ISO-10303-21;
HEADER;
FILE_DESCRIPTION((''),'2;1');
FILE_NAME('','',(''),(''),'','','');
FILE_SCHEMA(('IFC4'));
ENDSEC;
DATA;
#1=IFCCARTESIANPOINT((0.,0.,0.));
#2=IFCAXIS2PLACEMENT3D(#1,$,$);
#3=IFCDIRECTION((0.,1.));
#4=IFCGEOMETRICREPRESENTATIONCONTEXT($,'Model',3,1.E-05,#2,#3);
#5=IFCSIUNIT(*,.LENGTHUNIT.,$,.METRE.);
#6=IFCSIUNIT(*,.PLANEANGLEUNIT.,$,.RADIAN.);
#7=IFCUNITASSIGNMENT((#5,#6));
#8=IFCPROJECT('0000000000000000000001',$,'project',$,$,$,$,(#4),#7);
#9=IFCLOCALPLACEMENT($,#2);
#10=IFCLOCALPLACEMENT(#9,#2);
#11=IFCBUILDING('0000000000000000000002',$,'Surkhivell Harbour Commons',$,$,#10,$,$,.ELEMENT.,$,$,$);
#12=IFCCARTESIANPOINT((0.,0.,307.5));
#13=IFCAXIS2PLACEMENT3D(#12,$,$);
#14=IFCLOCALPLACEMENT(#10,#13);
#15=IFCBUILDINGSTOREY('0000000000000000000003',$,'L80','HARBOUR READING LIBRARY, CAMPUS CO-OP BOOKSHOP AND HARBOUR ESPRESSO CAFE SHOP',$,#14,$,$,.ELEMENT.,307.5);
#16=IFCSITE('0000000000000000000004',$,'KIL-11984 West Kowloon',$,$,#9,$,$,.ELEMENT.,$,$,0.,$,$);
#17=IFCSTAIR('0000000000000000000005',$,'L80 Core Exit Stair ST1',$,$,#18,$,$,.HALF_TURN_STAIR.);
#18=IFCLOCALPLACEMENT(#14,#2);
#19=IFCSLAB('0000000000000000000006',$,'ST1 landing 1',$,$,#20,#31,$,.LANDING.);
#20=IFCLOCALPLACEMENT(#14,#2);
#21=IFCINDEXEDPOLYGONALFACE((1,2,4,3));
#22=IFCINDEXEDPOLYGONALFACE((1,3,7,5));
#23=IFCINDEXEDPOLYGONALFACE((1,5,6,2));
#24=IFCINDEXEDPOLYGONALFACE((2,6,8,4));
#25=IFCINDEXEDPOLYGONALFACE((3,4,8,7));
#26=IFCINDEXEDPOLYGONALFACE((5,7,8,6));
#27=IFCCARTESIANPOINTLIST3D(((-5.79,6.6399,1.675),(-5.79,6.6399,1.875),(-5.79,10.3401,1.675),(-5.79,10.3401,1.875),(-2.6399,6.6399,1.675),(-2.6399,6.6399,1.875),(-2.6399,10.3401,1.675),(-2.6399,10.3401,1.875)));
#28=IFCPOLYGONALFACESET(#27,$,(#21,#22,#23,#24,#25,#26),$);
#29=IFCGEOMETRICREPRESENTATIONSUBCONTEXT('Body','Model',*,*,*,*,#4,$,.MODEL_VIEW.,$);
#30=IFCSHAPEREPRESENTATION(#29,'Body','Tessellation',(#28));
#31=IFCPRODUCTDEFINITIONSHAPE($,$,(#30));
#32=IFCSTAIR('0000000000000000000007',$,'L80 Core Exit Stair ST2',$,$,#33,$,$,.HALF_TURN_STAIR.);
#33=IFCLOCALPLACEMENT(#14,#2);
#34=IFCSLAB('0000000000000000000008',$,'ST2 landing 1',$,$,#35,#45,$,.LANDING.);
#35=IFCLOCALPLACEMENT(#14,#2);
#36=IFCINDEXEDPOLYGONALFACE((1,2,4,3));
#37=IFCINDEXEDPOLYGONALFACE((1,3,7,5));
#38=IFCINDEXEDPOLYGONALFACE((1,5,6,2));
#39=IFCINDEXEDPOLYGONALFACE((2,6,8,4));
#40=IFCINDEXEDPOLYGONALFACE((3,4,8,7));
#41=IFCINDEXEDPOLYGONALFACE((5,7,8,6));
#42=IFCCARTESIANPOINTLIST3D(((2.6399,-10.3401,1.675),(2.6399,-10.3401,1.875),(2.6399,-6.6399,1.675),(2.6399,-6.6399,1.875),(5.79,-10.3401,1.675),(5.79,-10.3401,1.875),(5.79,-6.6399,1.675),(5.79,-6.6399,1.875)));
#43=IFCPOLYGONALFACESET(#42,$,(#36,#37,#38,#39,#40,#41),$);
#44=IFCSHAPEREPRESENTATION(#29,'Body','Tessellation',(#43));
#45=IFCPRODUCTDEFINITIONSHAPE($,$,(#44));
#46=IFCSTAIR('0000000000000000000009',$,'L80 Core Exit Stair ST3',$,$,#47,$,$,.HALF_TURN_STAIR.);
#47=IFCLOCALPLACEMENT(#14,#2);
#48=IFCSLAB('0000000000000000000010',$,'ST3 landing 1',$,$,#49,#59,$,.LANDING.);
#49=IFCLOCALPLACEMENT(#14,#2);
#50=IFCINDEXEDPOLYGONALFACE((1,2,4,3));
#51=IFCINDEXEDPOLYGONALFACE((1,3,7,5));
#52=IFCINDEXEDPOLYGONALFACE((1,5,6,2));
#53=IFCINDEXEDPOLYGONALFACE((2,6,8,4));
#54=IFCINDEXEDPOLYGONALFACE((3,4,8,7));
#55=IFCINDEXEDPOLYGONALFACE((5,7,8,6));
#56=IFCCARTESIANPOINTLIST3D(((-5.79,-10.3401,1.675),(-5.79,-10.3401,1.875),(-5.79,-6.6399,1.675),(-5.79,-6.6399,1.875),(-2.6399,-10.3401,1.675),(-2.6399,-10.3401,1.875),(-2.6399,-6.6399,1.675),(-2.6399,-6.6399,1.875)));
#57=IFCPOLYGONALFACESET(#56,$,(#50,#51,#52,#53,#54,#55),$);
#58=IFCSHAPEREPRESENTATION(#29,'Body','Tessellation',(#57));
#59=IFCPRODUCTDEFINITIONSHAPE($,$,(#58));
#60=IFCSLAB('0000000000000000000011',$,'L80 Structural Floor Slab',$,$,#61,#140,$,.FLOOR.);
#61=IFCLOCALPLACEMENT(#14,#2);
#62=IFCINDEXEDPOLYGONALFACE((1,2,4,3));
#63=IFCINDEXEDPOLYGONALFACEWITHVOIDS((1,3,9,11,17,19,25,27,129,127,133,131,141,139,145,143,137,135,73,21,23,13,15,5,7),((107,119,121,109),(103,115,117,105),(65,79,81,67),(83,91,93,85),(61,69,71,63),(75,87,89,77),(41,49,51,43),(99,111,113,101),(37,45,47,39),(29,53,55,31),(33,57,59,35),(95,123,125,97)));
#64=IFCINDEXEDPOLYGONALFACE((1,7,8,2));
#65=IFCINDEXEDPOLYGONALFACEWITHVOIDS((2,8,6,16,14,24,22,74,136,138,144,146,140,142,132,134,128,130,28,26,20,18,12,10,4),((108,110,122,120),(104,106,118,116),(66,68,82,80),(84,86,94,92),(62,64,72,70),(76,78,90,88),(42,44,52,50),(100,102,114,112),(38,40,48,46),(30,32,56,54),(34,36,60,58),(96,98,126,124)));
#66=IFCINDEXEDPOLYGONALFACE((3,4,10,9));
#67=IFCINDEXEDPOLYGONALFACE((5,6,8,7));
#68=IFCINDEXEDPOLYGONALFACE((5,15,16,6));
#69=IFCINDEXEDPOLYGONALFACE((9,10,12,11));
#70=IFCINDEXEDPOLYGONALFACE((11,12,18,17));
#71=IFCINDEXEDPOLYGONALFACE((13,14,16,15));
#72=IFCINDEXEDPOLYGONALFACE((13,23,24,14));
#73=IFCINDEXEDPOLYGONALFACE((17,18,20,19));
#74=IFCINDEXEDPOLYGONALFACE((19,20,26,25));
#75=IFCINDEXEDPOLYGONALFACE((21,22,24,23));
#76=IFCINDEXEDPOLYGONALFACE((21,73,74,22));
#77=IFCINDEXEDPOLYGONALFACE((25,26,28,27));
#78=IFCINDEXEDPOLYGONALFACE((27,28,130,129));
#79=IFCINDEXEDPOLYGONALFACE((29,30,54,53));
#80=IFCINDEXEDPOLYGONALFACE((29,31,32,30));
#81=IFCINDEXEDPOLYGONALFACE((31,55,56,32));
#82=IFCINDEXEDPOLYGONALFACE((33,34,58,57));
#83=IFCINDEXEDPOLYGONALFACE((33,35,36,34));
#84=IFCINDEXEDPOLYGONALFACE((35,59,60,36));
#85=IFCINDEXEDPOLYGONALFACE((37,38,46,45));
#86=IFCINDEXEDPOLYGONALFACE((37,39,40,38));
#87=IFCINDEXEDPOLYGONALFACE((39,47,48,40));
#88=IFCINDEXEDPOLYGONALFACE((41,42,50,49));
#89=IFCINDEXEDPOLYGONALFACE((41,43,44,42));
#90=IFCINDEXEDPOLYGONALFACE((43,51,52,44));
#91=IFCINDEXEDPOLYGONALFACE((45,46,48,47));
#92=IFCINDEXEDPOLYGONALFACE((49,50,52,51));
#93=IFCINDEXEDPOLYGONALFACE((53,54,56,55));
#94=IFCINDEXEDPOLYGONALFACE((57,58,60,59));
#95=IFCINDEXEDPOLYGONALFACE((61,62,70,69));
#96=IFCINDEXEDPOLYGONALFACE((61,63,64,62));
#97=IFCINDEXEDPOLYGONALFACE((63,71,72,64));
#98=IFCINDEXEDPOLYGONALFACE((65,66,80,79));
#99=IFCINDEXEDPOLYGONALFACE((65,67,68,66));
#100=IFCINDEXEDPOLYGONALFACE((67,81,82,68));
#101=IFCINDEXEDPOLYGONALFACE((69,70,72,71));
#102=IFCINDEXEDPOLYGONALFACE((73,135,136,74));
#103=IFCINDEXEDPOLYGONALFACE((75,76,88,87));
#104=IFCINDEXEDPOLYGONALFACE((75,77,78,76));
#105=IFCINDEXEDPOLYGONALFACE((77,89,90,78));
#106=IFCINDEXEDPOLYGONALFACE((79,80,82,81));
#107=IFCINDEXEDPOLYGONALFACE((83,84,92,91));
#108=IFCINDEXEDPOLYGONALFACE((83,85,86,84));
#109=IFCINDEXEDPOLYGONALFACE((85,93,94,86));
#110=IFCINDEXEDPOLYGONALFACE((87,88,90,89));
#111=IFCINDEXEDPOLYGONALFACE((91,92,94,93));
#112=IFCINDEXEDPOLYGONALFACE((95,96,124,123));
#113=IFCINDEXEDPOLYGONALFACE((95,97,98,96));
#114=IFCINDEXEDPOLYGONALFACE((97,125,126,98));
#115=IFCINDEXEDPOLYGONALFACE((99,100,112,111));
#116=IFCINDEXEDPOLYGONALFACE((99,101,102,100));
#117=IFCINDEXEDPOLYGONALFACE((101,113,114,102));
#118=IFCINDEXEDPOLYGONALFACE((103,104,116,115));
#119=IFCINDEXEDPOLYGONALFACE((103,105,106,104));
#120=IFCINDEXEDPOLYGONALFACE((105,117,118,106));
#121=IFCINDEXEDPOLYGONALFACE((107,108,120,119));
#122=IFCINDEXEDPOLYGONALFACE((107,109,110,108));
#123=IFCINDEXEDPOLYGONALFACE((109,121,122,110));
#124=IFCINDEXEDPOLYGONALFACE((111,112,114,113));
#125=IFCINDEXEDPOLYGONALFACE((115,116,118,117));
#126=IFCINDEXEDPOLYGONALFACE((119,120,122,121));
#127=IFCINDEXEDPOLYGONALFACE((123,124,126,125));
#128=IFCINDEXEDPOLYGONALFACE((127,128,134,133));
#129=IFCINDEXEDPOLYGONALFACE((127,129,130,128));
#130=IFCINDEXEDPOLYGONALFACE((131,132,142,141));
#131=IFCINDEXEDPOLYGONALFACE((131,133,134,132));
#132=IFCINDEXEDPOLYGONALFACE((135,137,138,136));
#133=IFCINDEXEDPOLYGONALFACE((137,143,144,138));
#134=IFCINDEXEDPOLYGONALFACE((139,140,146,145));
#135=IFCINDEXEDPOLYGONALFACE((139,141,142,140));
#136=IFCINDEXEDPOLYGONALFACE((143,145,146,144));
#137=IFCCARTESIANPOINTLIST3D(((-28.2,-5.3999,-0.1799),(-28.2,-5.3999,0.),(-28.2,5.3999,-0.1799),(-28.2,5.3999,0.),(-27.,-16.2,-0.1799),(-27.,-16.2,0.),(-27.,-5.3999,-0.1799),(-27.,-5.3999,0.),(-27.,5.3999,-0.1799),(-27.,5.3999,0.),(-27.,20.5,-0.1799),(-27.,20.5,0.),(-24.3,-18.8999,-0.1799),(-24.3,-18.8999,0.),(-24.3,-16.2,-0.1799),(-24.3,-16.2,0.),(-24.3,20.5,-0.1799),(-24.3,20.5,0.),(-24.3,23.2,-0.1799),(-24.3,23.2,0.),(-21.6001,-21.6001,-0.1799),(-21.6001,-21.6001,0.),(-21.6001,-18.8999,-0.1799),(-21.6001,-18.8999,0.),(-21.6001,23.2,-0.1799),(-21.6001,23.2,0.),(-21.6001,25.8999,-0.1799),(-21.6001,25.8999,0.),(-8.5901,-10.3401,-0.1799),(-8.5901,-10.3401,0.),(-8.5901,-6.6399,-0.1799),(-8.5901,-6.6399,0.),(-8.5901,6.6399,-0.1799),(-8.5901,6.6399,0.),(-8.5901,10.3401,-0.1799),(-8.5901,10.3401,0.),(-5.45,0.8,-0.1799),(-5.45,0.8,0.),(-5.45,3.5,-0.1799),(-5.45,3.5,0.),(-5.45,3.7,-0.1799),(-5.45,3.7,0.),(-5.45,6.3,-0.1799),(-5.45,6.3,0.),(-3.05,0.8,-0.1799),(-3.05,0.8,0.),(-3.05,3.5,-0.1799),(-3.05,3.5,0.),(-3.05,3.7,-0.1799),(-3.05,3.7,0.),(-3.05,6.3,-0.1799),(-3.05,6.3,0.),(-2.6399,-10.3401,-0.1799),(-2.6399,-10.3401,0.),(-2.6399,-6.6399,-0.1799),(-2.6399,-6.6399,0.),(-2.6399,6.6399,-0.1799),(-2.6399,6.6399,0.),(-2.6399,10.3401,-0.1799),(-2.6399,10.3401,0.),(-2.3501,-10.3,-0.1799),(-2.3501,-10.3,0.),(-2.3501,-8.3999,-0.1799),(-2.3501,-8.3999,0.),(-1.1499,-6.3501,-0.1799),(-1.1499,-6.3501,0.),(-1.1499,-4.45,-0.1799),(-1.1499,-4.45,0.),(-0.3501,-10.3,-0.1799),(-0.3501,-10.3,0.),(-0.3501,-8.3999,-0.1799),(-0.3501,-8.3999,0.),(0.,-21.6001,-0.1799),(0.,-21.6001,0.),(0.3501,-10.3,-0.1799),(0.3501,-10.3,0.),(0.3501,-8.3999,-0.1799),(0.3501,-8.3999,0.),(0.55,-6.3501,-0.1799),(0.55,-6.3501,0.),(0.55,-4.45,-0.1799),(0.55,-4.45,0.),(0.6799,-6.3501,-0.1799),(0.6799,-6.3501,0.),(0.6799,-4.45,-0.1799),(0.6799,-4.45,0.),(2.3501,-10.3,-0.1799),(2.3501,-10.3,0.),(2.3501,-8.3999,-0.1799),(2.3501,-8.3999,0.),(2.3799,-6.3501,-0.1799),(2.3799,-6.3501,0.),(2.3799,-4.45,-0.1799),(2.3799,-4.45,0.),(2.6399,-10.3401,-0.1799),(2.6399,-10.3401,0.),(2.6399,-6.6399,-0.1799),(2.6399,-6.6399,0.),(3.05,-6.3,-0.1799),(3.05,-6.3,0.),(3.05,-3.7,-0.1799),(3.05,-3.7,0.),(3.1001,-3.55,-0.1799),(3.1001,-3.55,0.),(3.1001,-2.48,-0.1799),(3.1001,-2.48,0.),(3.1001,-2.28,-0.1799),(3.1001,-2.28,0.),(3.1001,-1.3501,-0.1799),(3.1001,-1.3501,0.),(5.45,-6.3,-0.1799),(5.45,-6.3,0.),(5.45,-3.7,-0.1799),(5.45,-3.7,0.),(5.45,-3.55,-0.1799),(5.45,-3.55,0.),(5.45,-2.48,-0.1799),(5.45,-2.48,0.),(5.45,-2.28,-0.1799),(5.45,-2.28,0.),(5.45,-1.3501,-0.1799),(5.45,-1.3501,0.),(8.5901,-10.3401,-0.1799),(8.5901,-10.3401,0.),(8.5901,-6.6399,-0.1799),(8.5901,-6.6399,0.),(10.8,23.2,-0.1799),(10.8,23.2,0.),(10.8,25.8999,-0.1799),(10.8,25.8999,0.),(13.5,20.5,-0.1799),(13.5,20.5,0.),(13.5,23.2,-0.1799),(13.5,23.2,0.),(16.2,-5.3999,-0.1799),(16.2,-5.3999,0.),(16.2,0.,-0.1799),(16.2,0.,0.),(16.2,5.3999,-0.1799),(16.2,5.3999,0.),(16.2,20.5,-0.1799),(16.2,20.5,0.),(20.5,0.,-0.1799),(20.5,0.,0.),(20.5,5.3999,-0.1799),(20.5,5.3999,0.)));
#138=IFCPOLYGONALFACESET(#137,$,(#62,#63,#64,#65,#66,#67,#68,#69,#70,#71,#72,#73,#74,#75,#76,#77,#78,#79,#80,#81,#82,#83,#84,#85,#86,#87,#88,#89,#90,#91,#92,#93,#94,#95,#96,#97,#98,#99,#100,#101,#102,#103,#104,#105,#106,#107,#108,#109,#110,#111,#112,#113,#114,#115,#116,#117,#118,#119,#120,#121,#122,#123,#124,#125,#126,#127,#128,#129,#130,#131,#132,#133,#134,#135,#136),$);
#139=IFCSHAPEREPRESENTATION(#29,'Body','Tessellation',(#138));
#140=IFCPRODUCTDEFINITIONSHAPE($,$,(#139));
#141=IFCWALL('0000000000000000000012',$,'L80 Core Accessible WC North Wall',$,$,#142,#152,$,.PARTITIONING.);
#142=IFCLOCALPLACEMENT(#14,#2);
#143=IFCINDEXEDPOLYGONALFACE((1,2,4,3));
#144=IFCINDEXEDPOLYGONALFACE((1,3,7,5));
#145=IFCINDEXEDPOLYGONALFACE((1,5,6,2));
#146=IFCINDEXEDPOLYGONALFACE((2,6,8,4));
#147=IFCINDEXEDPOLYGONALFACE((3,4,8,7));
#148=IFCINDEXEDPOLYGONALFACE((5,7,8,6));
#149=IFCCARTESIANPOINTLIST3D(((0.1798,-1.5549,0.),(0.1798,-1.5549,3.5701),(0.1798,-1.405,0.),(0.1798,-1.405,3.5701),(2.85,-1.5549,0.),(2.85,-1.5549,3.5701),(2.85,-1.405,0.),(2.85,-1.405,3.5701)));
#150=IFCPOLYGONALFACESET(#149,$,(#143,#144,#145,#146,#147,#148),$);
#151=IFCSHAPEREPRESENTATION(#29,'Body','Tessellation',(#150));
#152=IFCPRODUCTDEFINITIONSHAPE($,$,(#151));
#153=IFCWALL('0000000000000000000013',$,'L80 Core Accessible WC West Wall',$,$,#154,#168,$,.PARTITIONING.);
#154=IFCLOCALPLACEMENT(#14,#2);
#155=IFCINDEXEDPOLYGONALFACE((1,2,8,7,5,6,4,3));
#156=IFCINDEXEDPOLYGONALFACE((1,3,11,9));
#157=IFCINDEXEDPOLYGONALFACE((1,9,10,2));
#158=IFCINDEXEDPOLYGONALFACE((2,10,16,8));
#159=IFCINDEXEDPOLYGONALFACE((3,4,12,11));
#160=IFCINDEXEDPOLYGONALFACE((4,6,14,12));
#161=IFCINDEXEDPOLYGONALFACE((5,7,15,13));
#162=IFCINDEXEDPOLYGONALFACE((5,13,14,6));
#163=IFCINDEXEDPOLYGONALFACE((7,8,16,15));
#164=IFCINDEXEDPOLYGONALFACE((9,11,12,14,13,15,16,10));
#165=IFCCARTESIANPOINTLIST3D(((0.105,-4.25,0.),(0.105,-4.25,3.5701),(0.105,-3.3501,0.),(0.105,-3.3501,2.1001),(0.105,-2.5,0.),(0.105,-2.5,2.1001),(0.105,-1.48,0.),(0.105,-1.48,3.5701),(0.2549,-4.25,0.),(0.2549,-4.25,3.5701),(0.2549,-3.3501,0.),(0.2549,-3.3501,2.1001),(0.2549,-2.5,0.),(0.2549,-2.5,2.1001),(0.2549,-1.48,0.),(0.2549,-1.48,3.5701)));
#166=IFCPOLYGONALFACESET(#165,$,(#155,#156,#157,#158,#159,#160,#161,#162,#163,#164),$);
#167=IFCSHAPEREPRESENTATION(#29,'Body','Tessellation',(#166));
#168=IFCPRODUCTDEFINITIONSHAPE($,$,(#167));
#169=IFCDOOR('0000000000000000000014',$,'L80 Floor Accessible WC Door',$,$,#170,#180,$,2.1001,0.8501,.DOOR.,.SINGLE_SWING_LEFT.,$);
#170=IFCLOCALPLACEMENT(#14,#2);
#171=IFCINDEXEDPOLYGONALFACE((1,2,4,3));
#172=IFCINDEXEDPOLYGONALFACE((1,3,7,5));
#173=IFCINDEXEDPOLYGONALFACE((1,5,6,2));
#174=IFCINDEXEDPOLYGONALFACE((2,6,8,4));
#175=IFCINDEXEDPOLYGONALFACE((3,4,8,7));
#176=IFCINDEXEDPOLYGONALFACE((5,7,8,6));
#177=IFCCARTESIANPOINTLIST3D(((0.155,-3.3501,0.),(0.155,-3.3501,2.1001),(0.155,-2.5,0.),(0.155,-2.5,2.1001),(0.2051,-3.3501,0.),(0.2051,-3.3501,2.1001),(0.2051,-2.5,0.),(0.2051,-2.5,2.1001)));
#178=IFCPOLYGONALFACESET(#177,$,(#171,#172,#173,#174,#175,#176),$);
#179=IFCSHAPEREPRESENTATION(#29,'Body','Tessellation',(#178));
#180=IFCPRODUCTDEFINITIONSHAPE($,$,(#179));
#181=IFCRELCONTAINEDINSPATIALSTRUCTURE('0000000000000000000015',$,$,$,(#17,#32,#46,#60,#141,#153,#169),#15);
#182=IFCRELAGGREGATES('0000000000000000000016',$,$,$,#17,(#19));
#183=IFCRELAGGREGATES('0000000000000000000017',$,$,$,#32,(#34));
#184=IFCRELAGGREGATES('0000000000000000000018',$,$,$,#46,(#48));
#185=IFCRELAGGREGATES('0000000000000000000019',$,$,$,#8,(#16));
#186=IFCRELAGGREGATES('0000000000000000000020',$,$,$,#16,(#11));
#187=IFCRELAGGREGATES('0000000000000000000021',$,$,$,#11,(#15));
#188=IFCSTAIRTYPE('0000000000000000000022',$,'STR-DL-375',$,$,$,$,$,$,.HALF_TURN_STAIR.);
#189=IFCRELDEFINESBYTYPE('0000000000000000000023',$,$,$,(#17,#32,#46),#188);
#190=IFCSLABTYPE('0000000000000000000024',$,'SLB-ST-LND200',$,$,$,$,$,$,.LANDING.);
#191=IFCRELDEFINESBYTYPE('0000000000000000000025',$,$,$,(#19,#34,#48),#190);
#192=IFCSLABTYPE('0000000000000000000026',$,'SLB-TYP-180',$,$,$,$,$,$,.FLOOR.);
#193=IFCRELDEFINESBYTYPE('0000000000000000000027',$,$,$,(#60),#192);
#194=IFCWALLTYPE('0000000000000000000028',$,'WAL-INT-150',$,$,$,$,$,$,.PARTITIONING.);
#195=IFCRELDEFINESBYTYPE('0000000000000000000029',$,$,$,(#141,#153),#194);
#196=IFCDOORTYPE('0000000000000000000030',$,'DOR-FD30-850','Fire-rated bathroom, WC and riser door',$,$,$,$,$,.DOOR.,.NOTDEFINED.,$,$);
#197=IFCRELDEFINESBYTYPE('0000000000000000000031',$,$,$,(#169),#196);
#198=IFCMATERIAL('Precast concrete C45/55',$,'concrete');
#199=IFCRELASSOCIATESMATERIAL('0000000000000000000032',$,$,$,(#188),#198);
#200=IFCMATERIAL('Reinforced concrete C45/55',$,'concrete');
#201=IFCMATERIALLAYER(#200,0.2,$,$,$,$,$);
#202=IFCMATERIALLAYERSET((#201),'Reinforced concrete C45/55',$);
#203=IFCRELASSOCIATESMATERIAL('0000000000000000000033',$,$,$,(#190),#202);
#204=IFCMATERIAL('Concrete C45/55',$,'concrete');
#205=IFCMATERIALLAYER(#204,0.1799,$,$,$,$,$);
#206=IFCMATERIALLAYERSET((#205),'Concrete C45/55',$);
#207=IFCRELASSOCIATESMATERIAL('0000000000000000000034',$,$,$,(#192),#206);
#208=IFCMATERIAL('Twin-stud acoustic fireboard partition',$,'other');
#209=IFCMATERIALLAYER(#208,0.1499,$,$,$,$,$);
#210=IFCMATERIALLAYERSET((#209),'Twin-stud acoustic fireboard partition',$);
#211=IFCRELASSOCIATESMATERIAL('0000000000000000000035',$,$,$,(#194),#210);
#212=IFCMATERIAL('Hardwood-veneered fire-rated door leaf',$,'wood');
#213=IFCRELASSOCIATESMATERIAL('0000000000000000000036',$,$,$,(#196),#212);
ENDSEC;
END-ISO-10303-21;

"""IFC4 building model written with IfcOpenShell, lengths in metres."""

from ifc_helpers import new_model, si_unit, direction, frame, frame_2d, origin, place, context, subcontext, project, spatial, polyline, rectangle, outline, extrude, material, layer, layer_set, type_object, element, fill, aggregate, save


model = new_model("IFC4")

# Units and contexts
model_context = context("Model", 3, precision=1e-05, world=origin(), true_north=direction((0.0, 1.0)))
body_context = subcontext(model_context, "Body", "Model", "MODEL_VIEW")
ifc_project = project(units=[si_unit("LENGTHUNIT", "METRE"), si_unit("PLANEANGLEUNIT", "RADIAN")], contexts=[model_context])

# Site, building, storey
site_placement = place(None, origin())
site = spatial("IfcSite", under=ifc_project, at=site_placement, Name="KIL-11984 West Kowloon", CompositionType="ELEMENT", RefElevation=0.0)
building_placement = place(site_placement, origin())
building = spatial("IfcBuilding", under=site, at=building_placement, Name="Surkhivell Harbour Commons", CompositionType="ELEMENT")
storey_placement = place(building_placement, frame((0.0, 0.0, 307.5)))
storey = spatial("IfcBuildingStorey", under=building, at=storey_placement, Name="L80", Description="HARBOUR READING LIBRARY, CAMPUS CO-OP BOOKSHOP AND HARBOUR ESPRESSO CAFE SHOP", CompositionType="ELEMENT", Elevation=307.5)

# Stairs, slabs
ifc_material_1 = material(Name="Precast concrete C45/55", Category="concrete")
stair_type = type_object("IfcStairType", Name="STR-DL-375", PredefinedType="HALF_TURN_STAIR", material=ifc_material_1)
stair_1_placement = place(storey_placement, origin())
stair_1 = element("IfcStair", 1, at=stair_1_placement, inside=storey, type_object=stair_type, Name="L80 Core Exit Stair ST1", PredefinedType="HALF_TURN_STAIR")
ifc_material_2 = material(Name="Reinforced concrete C45/55", Category="concrete")
ifc_layer_1 = layer(ifc_material_2, 0.2)
ifc_layer_set_1 = layer_set([ifc_layer_1], Name="Reinforced concrete C45/55")
slab_type_1 = type_object("IfcSlabType", Name="SLB-ST-LND200", PredefinedType="LANDING", material=ifc_layer_set_1)
slab_1_placement = place(storey_placement, frame((0.0, 0.0, 1.675)))
slab_1 = element("IfcSlab", 2, at=slab_1_placement, type_object=slab_type_1, Name="ST1 landing 1", PredefinedType="LANDING", context=body_context, shape_type="SweptSolid", body=[
    extrude(outline(polyline([(-5.79, 6.6399), (-2.6399, 6.6399), (-2.6399, 10.3401), (-5.79, 10.3401), (-5.79, 6.6399)])), origin(), (0.0, 0.0, 1.0), 0.2),
])
aggregate(stair_1, [slab_1])
stair_2_placement = place(storey_placement, origin())
stair_2 = element("IfcStair", 3, at=stair_2_placement, inside=storey, type_object=stair_type, Name="L80 Core Exit Stair ST2", PredefinedType="HALF_TURN_STAIR")
slab_2_placement = place(storey_placement, frame((0.0, 0.0, 1.675)))
slab_2 = element("IfcSlab", 4, at=slab_2_placement, type_object=slab_type_1, Name="ST2 landing 1", PredefinedType="LANDING", context=body_context, shape_type="SweptSolid", body=[
    extrude(outline(polyline([(5.79, -6.6399), (2.6399, -6.6399), (2.6399, -10.3401), (5.79, -10.3401), (5.79, -6.6399)])), origin(), (0.0, 0.0, 1.0), 0.2),
])
aggregate(stair_2, [slab_2])
stair_3_placement = place(storey_placement, origin())
stair_3 = element("IfcStair", 5, at=stair_3_placement, inside=storey, type_object=stair_type, Name="L80 Core Exit Stair ST3", PredefinedType="HALF_TURN_STAIR")
slab_3_placement = place(storey_placement, frame((0.0, 0.0, 1.675)))
slab_3 = element("IfcSlab", 6, at=slab_3_placement, type_object=slab_type_1, Name="ST3 landing 1", PredefinedType="LANDING", context=body_context, shape_type="SweptSolid", body=[
    extrude(outline(polyline([(-5.79, -10.3401), (-2.6399, -10.3401), (-2.6399, -6.6399), (-5.79, -6.6399), (-5.79, -10.3401)])), origin(), (0.0, 0.0, 1.0), 0.2),
])
aggregate(stair_3, [slab_3])

# Slab
ifc_material_3 = material(Name="Concrete C45/55", Category="concrete")
ifc_layer_2 = layer(ifc_material_3, 0.1799)
ifc_layer_set_2 = layer_set([ifc_layer_2], Name="Concrete C45/55")
slab_type_2 = type_object("IfcSlabType", Name="SLB-TYP-180", PredefinedType="FLOOR", material=ifc_layer_set_2)
slab_4_placement = place(storey_placement, frame((0.0, 0.0, -0.1799)))
element("IfcSlab", 7, at=slab_4_placement, inside=storey, type_object=slab_type_2, Name="L80 Structural Floor Slab", PredefinedType="FLOOR", context=body_context, shape_type="SweptSolid", body=[
    extrude(outline(polyline([(-27.0, 20.5), (-27.0, 5.3999), (-28.2, 5.3999), (-28.2, -5.3999), (-27.0, -5.3999), (-27.0, -16.2), (-24.3, -16.2), (-24.3, -18.8999), (-21.6001, -18.8999), (-21.6001, -21.6001), (0.0, -21.6001), (16.2, -5.3999), (16.2, 0.0), (20.5, 0.0), (20.5, 5.3999), (16.2, 5.3999), (16.2, 20.5), (13.5, 20.5), (13.5, 23.2), (10.8, 23.2), (10.8, 25.8999), (-21.6001, 25.8999), (-21.6001, 23.2), (-24.3, 23.2), (-24.3, 20.5), (-27.0, 20.5)]), holes=[polyline([(-8.5901, 6.6399), (-2.6399, 6.6399), (-2.6399, 10.3401), (-8.5901, 10.3401), (-8.5901, 6.6399)]), polyline([(8.5901, -6.6399), (2.6399, -6.6399), (2.6399, -10.3401), (8.5901, -10.3401), (8.5901, -6.6399)]), polyline([(-8.5901, -10.3401), (-2.6399, -10.3401), (-2.6399, -6.6399), (-8.5901, -6.6399), (-8.5901, -10.3401)]), polyline([(-1.1499, -6.3501), (0.55, -6.3501), (0.55, -4.45), (-1.1499, -4.45), (-1.1499, -6.3501)]), polyline([(0.6799, -6.3501), (2.3799, -6.3501), (2.3799, -4.45), (0.6799, -4.45), (0.6799, -6.3501)]), polyline([(-2.3501, -10.3), (-0.3501, -10.3), (-0.3501, -8.3999), (-2.3501, -8.3999), (-2.3501, -10.3)]), polyline([(0.3501, -10.3), (2.3501, -10.3), (2.3501, -8.3999), (0.3501, -8.3999), (0.3501, -10.3)]), polyline([(-5.45, 3.7), (-3.05, 3.7), (-3.05, 6.3), (-5.45, 6.3), (-5.45, 3.7)]), polyline([(3.05, -6.3), (5.45, -6.3), (5.45, -3.7), (3.05, -3.7), (3.05, -6.3)]), polyline([(-5.45, 0.8), (-3.05, 0.8), (-3.05, 3.5), (-5.45, 3.5), (-5.45, 0.8)]), polyline([(3.1001, -3.55), (5.45, -3.55), (5.45, -2.48), (3.1001, -2.48), (3.1001, -3.55)]), polyline([(3.1001, -2.28), (5.45, -2.28), (5.45, -1.3501), (3.1001, -1.3501), (3.1001, -2.28)])]), origin(), (0.0, 0.0, 1.0), 0.1799),
])

# Wall
ifc_material_4 = material(Name="Twin-stud acoustic fireboard partition", Category="other")
ifc_layer_3 = layer(ifc_material_4, 0.1499)
ifc_layer_set_3 = layer_set([ifc_layer_3], Name="Twin-stud acoustic fireboard partition")
wall_type_1 = type_object("IfcWallType", Name="WAL-INT-150", PredefinedType="PARTITIONING", material=ifc_layer_set_3)
wall_1_placement = place(storey_placement, frame((0.1799, -1.48, 0.0), z_axis=(0.0, 0.0, 1.0), x_axis=(1.0, 0.0, 0.0)))
element("IfcWall", 8, at=wall_1_placement, inside=storey, type_object=wall_type_1, Name="L80 Core Accessible WC North Wall", PredefinedType="PARTITIONING", context=body_context, shape_type="SweptSolid", body=[
    extrude(rectangle(XDim=2.6702, YDim=0.1499, at=frame_2d((1.335, 0.0))), origin(), (0.0, 0.0, 1.0), 3.5701),
])

# Wall, opening, door
wall_2_placement = place(storey_placement, frame((0.1799, -4.25, 0.0), z_axis=(0.0, 0.0, 1.0), x_axis=(0.0, 1.0, 0.0)))
wall_2 = element("IfcWall", 9, at=wall_2_placement, inside=storey, type_object=wall_type_1, Name="L80 Core Accessible WC West Wall", PredefinedType="PARTITIONING", context=body_context, shape_type="SweptSolid", body=[
    extrude(rectangle(XDim=2.77, YDim=0.1499, at=frame_2d((1.385, 0.0))), origin(), (0.0, 0.0, 1.0), 3.5701),
])
opening_1_placement = place(wall_2_placement, frame((0.8999, 0.0, 0.0)))
opening_1 = element("IfcOpeningElement", 10, at=opening_1_placement, cuts=wall_2, PredefinedType="OPENING", context=body_context, shape_type="SweptSolid", body=[
    extrude(rectangle(XDim=0.8501, YDim=2.1001, at=frame_2d((0.425, 1.05))), frame((0.0, 0.085, 0.0), z_axis=(0.0, -1.0, 0.0), x_axis=(1.0, 0.0, 0.0)), (0.0, 0.0, 1.0), 0.1699),
])
ifc_material_5 = material(Name="Hardwood-veneered fire-rated door leaf", Category="wood")
door_type_1 = type_object("IfcDoorType", Name="DOR-FD30-850", Description="Fire-rated bathroom, WC and riser door", OperationType="NOTDEFINED", PredefinedType="DOOR", material=ifc_material_5)
door_1_placement = place(opening_1_placement, origin())
door_1 = element("IfcDoor", 11, at=door_1_placement, inside=storey, type_object=door_type_1, Name="L80 Floor Accessible WC Door", OperationType="SINGLE_SWING_LEFT", OverallHeight=2.1001, OverallWidth=0.8501, PredefinedType="DOOR", context=body_context, shape_type="SweptSolid", body=[
    extrude(rectangle(XDim=0.8501, YDim=2.1001, at=frame_2d((0.425, 1.05))), frame((0.0, 0.0249, 0.0), z_axis=(0.0, -1.0, 0.0), x_axis=(1.0, 0.0, 0.0)), (0.0, 0.0, 1.0), 0.05),
])
fill(opening_1, door_1)

save(model, "model.ifc")
